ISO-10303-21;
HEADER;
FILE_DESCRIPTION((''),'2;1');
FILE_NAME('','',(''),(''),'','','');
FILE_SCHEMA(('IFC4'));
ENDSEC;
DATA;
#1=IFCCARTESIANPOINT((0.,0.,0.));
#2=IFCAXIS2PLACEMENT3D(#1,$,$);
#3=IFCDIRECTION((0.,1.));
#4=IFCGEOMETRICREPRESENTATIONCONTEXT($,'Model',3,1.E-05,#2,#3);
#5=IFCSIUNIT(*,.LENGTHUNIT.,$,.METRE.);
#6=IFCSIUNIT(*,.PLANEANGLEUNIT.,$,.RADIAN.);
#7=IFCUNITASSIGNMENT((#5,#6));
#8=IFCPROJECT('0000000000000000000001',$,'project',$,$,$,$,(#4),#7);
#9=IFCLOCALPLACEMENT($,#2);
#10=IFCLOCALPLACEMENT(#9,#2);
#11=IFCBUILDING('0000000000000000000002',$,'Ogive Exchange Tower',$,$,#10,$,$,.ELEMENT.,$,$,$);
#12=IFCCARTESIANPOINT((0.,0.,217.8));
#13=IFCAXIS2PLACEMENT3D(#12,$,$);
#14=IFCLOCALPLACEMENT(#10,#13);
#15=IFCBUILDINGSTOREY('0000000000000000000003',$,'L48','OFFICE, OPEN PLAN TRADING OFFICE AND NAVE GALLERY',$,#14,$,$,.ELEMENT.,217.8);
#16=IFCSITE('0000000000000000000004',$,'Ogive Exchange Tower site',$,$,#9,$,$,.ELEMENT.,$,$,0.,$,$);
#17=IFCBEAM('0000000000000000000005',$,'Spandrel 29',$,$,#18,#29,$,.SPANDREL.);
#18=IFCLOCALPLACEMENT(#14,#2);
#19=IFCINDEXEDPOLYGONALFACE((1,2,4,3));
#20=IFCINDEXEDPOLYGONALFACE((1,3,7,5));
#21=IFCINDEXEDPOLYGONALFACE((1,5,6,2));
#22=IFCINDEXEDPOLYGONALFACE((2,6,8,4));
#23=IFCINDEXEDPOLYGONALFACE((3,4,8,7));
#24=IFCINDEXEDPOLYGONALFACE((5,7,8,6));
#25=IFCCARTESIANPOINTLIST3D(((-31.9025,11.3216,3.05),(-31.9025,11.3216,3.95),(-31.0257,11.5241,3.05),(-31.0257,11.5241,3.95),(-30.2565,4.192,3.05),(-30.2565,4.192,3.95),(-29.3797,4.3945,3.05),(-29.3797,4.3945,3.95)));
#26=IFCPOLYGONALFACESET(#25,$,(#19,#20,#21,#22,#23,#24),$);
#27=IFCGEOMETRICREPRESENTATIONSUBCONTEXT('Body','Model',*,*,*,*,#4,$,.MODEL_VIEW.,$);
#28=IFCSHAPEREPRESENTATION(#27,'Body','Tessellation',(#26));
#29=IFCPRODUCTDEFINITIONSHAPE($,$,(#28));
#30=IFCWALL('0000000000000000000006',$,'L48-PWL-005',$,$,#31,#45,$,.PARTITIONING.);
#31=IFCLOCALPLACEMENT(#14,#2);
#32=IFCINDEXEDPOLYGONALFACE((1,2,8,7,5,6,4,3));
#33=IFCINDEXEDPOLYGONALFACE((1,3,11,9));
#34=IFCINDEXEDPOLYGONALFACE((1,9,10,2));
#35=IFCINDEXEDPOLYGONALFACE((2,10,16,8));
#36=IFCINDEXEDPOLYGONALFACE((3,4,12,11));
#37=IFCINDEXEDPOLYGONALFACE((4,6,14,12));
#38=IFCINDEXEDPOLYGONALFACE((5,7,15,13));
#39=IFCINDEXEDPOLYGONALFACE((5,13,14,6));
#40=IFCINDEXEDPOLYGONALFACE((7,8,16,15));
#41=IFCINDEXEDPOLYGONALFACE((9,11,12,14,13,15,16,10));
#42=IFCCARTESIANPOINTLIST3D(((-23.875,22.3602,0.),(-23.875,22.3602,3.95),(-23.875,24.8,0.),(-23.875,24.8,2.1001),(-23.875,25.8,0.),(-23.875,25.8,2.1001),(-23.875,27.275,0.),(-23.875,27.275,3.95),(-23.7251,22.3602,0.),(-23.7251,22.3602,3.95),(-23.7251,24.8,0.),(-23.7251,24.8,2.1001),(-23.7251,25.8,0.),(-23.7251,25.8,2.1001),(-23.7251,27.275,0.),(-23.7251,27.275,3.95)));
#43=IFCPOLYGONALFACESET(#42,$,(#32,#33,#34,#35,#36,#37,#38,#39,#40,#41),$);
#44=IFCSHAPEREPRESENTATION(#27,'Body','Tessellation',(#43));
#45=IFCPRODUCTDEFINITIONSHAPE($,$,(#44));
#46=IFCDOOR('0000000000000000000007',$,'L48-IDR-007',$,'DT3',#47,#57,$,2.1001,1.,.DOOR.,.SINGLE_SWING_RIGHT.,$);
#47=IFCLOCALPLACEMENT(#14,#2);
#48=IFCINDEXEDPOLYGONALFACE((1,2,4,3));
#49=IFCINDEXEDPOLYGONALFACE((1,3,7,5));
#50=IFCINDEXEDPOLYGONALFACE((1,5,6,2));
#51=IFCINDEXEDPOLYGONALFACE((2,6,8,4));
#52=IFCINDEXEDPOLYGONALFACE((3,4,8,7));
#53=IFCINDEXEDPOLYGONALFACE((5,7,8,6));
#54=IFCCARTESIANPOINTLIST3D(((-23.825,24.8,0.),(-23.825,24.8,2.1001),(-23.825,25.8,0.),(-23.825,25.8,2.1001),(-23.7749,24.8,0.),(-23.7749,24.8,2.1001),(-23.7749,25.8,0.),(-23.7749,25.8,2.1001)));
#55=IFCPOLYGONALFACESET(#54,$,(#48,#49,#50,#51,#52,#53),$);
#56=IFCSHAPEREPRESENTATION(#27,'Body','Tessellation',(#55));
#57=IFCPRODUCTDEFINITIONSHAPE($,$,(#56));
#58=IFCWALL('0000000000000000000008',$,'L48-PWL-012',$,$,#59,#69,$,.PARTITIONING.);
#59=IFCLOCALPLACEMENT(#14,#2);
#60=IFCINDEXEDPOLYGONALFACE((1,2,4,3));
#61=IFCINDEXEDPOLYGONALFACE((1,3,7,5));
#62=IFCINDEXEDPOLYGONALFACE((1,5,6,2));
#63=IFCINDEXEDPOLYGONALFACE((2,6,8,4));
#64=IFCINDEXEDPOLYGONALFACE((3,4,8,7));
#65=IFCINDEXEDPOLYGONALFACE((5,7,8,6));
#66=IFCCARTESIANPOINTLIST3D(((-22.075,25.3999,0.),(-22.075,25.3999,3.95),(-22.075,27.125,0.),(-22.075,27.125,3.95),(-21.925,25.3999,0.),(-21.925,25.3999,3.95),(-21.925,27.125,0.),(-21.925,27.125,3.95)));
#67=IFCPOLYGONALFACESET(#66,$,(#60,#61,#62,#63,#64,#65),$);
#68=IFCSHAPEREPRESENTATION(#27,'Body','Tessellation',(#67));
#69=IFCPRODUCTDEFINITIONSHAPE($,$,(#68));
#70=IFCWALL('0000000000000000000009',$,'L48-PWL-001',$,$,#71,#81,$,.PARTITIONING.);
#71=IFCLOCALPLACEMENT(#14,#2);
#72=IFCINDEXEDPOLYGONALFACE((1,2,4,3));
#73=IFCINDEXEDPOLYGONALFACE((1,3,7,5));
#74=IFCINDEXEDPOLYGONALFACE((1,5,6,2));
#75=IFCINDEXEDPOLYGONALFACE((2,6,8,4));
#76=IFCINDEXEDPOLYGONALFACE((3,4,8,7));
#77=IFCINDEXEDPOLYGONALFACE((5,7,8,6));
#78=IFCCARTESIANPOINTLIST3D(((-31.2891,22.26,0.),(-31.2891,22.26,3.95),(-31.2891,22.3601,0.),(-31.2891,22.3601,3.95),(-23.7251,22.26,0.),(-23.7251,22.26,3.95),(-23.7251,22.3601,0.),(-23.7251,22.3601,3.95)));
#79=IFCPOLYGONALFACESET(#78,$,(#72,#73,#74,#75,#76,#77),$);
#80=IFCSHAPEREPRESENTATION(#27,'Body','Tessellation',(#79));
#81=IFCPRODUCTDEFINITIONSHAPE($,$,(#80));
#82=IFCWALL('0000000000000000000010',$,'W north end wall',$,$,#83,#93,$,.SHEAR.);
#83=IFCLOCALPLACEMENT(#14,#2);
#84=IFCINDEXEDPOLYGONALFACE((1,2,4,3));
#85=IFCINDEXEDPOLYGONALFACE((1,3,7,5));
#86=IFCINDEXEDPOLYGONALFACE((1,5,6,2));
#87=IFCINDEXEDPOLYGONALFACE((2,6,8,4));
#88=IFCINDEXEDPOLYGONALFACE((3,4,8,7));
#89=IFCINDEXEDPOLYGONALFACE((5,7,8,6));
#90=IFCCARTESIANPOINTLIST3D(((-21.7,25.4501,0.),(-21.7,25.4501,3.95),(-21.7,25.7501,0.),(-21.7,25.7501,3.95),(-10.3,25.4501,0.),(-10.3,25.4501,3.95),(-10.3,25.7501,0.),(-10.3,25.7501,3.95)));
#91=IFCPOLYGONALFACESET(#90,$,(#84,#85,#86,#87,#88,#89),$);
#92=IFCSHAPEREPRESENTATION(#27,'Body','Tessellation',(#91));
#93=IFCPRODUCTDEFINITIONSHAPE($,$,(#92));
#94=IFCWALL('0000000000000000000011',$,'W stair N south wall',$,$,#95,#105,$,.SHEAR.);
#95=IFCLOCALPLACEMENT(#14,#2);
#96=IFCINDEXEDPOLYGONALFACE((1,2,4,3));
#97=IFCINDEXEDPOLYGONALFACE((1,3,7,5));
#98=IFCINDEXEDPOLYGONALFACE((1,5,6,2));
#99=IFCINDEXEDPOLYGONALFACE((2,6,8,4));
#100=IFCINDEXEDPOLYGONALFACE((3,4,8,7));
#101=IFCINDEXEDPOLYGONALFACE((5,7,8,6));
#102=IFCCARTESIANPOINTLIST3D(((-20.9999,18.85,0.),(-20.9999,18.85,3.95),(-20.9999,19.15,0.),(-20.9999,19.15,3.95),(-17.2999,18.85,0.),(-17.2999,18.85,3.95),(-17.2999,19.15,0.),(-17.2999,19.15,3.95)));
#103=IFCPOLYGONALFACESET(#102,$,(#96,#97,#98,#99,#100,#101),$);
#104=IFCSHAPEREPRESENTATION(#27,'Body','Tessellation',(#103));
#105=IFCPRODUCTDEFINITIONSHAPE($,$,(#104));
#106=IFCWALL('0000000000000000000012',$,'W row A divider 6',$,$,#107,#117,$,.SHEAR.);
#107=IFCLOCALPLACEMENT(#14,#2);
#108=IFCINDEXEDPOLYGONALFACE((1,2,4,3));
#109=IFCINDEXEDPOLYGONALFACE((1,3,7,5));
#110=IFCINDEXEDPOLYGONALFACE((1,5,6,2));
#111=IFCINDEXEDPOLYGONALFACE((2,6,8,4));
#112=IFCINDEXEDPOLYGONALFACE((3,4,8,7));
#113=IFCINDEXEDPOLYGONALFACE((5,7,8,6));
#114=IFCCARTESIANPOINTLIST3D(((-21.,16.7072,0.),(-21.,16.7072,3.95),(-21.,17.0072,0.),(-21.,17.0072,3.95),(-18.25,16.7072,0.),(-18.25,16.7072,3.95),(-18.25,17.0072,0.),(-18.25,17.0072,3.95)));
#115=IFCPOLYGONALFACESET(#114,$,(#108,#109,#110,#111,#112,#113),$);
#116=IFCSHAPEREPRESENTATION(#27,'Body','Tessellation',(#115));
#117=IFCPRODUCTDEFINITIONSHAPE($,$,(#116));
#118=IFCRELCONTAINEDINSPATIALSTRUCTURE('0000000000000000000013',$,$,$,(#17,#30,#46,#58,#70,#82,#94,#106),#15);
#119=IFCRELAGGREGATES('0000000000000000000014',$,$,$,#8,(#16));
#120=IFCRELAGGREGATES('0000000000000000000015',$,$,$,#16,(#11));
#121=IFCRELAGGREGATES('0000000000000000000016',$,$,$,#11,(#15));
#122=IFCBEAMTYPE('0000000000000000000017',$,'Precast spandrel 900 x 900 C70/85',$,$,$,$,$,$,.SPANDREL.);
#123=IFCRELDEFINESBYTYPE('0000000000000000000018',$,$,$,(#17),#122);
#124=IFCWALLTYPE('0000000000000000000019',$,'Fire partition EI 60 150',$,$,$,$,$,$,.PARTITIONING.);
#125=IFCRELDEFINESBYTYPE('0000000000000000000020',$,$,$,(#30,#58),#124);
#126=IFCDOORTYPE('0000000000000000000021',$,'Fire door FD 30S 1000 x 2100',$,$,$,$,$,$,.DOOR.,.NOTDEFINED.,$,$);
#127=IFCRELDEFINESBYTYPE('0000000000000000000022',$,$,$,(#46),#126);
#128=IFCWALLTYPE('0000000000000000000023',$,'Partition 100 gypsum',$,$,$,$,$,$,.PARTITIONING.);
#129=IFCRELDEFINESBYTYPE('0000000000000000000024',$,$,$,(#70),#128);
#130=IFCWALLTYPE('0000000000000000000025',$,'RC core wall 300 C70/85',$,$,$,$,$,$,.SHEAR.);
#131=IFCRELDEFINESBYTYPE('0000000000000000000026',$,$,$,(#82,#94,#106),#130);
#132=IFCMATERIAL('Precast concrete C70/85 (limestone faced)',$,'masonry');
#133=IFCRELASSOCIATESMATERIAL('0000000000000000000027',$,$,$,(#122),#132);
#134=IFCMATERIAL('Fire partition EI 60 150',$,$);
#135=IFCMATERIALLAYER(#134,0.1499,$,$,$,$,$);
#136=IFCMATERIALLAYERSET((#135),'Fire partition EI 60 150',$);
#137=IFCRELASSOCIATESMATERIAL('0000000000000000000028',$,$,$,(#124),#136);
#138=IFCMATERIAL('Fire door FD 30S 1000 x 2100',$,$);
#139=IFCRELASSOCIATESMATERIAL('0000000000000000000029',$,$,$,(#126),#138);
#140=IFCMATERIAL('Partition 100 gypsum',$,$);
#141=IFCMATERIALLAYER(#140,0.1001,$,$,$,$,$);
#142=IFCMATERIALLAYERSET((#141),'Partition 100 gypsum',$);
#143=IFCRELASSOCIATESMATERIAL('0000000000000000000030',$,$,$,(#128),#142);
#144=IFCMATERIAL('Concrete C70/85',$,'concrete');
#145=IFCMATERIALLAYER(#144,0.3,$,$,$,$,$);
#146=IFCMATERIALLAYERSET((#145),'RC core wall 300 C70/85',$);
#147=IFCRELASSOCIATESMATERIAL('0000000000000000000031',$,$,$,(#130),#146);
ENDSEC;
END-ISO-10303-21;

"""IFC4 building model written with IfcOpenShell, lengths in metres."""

from ifc_helpers import new_model, si_unit, direction, frame, frame_2d, origin, origin_2d, place, context, subcontext, project, spatial, rectangle, extrude, material, layer, layer_set, material_profile, profile_set, type_object, element, fill, save


model = new_model("IFC4")

# Units and contexts
model_context = context("Model", 3, precision=1e-05, world=origin(), true_north=direction((0.0, 1.0)))
body_context = subcontext(model_context, "Body", "Model", "MODEL_VIEW")
ifc_project = project(units=[si_unit("LENGTHUNIT", "METRE"), si_unit("PLANEANGLEUNIT", "RADIAN")], contexts=[model_context])

# Site, building, storey
site_placement = place(None, origin())
site = spatial("IfcSite", under=ifc_project, at=site_placement, Name="Ogive Exchange Tower site", CompositionType="ELEMENT", RefElevation=0.0)
building_placement = place(site_placement, origin())
building = spatial("IfcBuilding", under=site, at=building_placement, Name="Ogive Exchange Tower", CompositionType="ELEMENT")
storey_placement = place(building_placement, frame((0.0, 0.0, 217.8)))
storey = spatial("IfcBuildingStorey", under=building, at=storey_placement, Name="L48", Description="OFFICE, OPEN PLAN TRADING OFFICE AND NAVE GALLERY", CompositionType="ELEMENT", Elevation=217.8)

# Shared definitions
ifc_material_1 = material(Name="Precast concrete C70/85 (limestone faced)", Category="masonry")

# Beam
ifc_material_profile_1 = material_profile(ifc_material_1, rectangle(XDim=0.8999, YDim=0.8999, at=origin_2d()), Name="900 x 900")
ifc_profile_set_1 = profile_set([ifc_material_profile_1], Name="Precast concrete C70/85 (limestone faced)")
beam_type_1 = type_object("IfcBeamType", Name="Precast spandrel 900 x 900 C70/85", PredefinedType="SPANDREL", material=ifc_profile_set_1)
for number, where, z_axis, x_axis, name in (
    (1, (-31.4641, 11.4229, 3.5), (0.22495, -0.97437, 0.0), (0.97437, 0.22495, 0.0), "Spandrel 29"),
):
    element("IfcBeam", number, at=place(storey_placement, frame(where, z_axis=z_axis, x_axis=x_axis)), inside=storey, type_object=beam_type_1, Name=name, PredefinedType="SPANDREL", context=body_context, shape_type="SweptSolid", body=[
        extrude(rectangle(XDim=0.8999, YDim=0.8999, at=origin_2d()), origin(), (0.0, 0.0, 1.0), 7.3171),
    ])

# Wall, opening, door
ifc_material_2 = material(Name="Fire partition EI 60 150")
ifc_layer_1 = layer(ifc_material_2, 0.1499)
ifc_layer_set_1 = layer_set([ifc_layer_1], Name="Fire partition EI 60 150")
wall_type_1 = type_object("IfcWallType", Name="Fire partition EI 60 150", PredefinedType="PARTITIONING", material=ifc_layer_set_1)
wall_1_placement = place(storey_placement, frame((-23.8, 22.3601, 0.0), z_axis=(0.0, 0.0, 1.0), x_axis=(0.0, 1.0, 0.0)))
wall_1 = element("IfcWall", 2, at=wall_1_placement, inside=storey, type_object=wall_type_1, Name="L48-PWL-005", PredefinedType="PARTITIONING", context=body_context, shape_type="SweptSolid", body=[
    extrude(rectangle(XDim=4.9148, YDim=0.1499, at=frame_2d((2.4575, 0.0))), origin(), (0.0, 0.0, 1.0), 3.95),
])
opening_placement = place(wall_1_placement, frame((2.4399, 0.0, 0.0)))
opening = element("IfcOpeningElement", 3, at=opening_placement, cuts=wall_1, PredefinedType="OPENING", context=body_context, shape_type="SweptSolid", body=[
    extrude(rectangle(XDim=1.0, YDim=2.1001, at=frame_2d((0.5, 1.05))), frame((0.0, 0.085, 0.0), z_axis=(0.0, -1.0, 0.0), x_axis=(1.0, 0.0, 0.0)), (0.0, 0.0, 1.0), 0.1699),
])
ifc_material_3 = material(Name="Fire door FD 30S 1000 x 2100")
door_type = type_object("IfcDoorType", Name="Fire door FD 30S 1000 x 2100", OperationType="NOTDEFINED", PredefinedType="DOOR", material=ifc_material_3)
door_placement = place(opening_placement, origin())
door = element("IfcDoor", 4, at=door_placement, inside=storey, type_object=door_type, Name="L48-IDR-007", ObjectType="DT3", OperationType="SINGLE_SWING_RIGHT", OverallHeight=2.1001, OverallWidth=1.0, PredefinedType="DOOR", context=body_context, shape_type="SweptSolid", body=[
    extrude(rectangle(XDim=1.0, YDim=2.1001, at=frame_2d((0.5, 1.05))), frame((0.0, 0.0249, 0.0), z_axis=(0.0, -1.0, 0.0), x_axis=(1.0, 0.0, 0.0)), (0.0, 0.0, 1.0), 0.05),
])
fill(opening, door)

# Walls
wall_2_placement = place(storey_placement, frame((-22.0, 27.125, 0.0), z_axis=(0.0, 0.0, 1.0), x_axis=(0.0, -1.0, 0.0)))
element("IfcWall", 5, at=wall_2_placement, inside=storey, type_object=wall_type_1, Name="L48-PWL-012", PredefinedType="PARTITIONING", context=body_context, shape_type="SweptSolid", body=[
    extrude(rectangle(XDim=1.7251, YDim=0.1499, at=frame_2d((0.8625, 0.0))), origin(), (0.0, 0.0, 1.0), 3.95),
])
ifc_material_4 = material(Name="Partition 100 gypsum")
ifc_layer_2 = layer(ifc_material_4, 0.1001)
ifc_layer_set_2 = layer_set([ifc_layer_2], Name="Partition 100 gypsum")
wall_type_2 = type_object("IfcWallType", Name="Partition 100 gypsum", PredefinedType="PARTITIONING", material=ifc_layer_set_2)
wall_3_placement = place(storey_placement, frame((-31.2891, 22.3101, 0.0), z_axis=(0.0, 0.0, 1.0), x_axis=(1.0, 0.0, 0.0)))
element("IfcWall", 6, at=wall_3_placement, inside=storey, type_object=wall_type_2, Name="L48-PWL-001", PredefinedType="PARTITIONING", context=body_context, shape_type="SweptSolid", body=[
    extrude(rectangle(XDim=7.564, YDim=0.1001, at=frame_2d((3.782, 0.0))), origin(), (0.0, 0.0, 1.0), 3.95),
])
ifc_material_5 = material(Name="Concrete C70/85", Category="concrete")
ifc_layer_3 = layer(ifc_material_5, 0.3)
ifc_layer_set_3 = layer_set([ifc_layer_3], Name="RC core wall 300 C70/85")
wall_type_3 = type_object("IfcWallType", Name="RC core wall 300 C70/85", PredefinedType="SHEAR", material=ifc_layer_set_3)
wall_4_placement = place(storey_placement, frame((-21.7, 25.6001, 0.0), z_axis=(0.0, 0.0, 1.0), x_axis=(1.0, 0.0, 0.0)))
element("IfcWall", 7, at=wall_4_placement, inside=storey, type_object=wall_type_3, Name="W north end wall", PredefinedType="SHEAR", context=body_context, shape_type="SweptSolid", body=[
    extrude(rectangle(XDim=11.3999, YDim=0.3, at=frame_2d((5.7, 0.0))), origin(), (0.0, 0.0, 1.0), 3.95),
])
wall_5_placement = place(storey_placement, frame((-21.0, 19.0, 0.0), z_axis=(0.0, 0.0, 1.0), x_axis=(1.0, 0.0, 0.0)))
element("IfcWall", 8, at=wall_5_placement, inside=storey, type_object=wall_type_3, Name="W stair N south wall", PredefinedType="SHEAR", context=body_context, shape_type="SweptSolid", body=[
    extrude(rectangle(XDim=3.7, YDim=0.3, at=frame_2d((1.8501, 0.0))), origin(), (0.0, 0.0, 1.0), 3.95),
])
wall_6_placement = place(storey_placement, frame((-21.0, 16.8572, 0.0), z_axis=(0.0, 0.0, 1.0), x_axis=(1.0, 0.0, 0.0)))
element("IfcWall", 9, at=wall_6_placement, inside=storey, type_object=wall_type_3, Name="W row A divider 6", PredefinedType="SHEAR", context=body_context, shape_type="SweptSolid", body=[
    extrude(rectangle(XDim=2.75, YDim=0.3, at=frame_2d((1.375, 0.0))), origin(), (0.0, 0.0, 1.0), 3.95),
])

save(model, "model.ifc")
